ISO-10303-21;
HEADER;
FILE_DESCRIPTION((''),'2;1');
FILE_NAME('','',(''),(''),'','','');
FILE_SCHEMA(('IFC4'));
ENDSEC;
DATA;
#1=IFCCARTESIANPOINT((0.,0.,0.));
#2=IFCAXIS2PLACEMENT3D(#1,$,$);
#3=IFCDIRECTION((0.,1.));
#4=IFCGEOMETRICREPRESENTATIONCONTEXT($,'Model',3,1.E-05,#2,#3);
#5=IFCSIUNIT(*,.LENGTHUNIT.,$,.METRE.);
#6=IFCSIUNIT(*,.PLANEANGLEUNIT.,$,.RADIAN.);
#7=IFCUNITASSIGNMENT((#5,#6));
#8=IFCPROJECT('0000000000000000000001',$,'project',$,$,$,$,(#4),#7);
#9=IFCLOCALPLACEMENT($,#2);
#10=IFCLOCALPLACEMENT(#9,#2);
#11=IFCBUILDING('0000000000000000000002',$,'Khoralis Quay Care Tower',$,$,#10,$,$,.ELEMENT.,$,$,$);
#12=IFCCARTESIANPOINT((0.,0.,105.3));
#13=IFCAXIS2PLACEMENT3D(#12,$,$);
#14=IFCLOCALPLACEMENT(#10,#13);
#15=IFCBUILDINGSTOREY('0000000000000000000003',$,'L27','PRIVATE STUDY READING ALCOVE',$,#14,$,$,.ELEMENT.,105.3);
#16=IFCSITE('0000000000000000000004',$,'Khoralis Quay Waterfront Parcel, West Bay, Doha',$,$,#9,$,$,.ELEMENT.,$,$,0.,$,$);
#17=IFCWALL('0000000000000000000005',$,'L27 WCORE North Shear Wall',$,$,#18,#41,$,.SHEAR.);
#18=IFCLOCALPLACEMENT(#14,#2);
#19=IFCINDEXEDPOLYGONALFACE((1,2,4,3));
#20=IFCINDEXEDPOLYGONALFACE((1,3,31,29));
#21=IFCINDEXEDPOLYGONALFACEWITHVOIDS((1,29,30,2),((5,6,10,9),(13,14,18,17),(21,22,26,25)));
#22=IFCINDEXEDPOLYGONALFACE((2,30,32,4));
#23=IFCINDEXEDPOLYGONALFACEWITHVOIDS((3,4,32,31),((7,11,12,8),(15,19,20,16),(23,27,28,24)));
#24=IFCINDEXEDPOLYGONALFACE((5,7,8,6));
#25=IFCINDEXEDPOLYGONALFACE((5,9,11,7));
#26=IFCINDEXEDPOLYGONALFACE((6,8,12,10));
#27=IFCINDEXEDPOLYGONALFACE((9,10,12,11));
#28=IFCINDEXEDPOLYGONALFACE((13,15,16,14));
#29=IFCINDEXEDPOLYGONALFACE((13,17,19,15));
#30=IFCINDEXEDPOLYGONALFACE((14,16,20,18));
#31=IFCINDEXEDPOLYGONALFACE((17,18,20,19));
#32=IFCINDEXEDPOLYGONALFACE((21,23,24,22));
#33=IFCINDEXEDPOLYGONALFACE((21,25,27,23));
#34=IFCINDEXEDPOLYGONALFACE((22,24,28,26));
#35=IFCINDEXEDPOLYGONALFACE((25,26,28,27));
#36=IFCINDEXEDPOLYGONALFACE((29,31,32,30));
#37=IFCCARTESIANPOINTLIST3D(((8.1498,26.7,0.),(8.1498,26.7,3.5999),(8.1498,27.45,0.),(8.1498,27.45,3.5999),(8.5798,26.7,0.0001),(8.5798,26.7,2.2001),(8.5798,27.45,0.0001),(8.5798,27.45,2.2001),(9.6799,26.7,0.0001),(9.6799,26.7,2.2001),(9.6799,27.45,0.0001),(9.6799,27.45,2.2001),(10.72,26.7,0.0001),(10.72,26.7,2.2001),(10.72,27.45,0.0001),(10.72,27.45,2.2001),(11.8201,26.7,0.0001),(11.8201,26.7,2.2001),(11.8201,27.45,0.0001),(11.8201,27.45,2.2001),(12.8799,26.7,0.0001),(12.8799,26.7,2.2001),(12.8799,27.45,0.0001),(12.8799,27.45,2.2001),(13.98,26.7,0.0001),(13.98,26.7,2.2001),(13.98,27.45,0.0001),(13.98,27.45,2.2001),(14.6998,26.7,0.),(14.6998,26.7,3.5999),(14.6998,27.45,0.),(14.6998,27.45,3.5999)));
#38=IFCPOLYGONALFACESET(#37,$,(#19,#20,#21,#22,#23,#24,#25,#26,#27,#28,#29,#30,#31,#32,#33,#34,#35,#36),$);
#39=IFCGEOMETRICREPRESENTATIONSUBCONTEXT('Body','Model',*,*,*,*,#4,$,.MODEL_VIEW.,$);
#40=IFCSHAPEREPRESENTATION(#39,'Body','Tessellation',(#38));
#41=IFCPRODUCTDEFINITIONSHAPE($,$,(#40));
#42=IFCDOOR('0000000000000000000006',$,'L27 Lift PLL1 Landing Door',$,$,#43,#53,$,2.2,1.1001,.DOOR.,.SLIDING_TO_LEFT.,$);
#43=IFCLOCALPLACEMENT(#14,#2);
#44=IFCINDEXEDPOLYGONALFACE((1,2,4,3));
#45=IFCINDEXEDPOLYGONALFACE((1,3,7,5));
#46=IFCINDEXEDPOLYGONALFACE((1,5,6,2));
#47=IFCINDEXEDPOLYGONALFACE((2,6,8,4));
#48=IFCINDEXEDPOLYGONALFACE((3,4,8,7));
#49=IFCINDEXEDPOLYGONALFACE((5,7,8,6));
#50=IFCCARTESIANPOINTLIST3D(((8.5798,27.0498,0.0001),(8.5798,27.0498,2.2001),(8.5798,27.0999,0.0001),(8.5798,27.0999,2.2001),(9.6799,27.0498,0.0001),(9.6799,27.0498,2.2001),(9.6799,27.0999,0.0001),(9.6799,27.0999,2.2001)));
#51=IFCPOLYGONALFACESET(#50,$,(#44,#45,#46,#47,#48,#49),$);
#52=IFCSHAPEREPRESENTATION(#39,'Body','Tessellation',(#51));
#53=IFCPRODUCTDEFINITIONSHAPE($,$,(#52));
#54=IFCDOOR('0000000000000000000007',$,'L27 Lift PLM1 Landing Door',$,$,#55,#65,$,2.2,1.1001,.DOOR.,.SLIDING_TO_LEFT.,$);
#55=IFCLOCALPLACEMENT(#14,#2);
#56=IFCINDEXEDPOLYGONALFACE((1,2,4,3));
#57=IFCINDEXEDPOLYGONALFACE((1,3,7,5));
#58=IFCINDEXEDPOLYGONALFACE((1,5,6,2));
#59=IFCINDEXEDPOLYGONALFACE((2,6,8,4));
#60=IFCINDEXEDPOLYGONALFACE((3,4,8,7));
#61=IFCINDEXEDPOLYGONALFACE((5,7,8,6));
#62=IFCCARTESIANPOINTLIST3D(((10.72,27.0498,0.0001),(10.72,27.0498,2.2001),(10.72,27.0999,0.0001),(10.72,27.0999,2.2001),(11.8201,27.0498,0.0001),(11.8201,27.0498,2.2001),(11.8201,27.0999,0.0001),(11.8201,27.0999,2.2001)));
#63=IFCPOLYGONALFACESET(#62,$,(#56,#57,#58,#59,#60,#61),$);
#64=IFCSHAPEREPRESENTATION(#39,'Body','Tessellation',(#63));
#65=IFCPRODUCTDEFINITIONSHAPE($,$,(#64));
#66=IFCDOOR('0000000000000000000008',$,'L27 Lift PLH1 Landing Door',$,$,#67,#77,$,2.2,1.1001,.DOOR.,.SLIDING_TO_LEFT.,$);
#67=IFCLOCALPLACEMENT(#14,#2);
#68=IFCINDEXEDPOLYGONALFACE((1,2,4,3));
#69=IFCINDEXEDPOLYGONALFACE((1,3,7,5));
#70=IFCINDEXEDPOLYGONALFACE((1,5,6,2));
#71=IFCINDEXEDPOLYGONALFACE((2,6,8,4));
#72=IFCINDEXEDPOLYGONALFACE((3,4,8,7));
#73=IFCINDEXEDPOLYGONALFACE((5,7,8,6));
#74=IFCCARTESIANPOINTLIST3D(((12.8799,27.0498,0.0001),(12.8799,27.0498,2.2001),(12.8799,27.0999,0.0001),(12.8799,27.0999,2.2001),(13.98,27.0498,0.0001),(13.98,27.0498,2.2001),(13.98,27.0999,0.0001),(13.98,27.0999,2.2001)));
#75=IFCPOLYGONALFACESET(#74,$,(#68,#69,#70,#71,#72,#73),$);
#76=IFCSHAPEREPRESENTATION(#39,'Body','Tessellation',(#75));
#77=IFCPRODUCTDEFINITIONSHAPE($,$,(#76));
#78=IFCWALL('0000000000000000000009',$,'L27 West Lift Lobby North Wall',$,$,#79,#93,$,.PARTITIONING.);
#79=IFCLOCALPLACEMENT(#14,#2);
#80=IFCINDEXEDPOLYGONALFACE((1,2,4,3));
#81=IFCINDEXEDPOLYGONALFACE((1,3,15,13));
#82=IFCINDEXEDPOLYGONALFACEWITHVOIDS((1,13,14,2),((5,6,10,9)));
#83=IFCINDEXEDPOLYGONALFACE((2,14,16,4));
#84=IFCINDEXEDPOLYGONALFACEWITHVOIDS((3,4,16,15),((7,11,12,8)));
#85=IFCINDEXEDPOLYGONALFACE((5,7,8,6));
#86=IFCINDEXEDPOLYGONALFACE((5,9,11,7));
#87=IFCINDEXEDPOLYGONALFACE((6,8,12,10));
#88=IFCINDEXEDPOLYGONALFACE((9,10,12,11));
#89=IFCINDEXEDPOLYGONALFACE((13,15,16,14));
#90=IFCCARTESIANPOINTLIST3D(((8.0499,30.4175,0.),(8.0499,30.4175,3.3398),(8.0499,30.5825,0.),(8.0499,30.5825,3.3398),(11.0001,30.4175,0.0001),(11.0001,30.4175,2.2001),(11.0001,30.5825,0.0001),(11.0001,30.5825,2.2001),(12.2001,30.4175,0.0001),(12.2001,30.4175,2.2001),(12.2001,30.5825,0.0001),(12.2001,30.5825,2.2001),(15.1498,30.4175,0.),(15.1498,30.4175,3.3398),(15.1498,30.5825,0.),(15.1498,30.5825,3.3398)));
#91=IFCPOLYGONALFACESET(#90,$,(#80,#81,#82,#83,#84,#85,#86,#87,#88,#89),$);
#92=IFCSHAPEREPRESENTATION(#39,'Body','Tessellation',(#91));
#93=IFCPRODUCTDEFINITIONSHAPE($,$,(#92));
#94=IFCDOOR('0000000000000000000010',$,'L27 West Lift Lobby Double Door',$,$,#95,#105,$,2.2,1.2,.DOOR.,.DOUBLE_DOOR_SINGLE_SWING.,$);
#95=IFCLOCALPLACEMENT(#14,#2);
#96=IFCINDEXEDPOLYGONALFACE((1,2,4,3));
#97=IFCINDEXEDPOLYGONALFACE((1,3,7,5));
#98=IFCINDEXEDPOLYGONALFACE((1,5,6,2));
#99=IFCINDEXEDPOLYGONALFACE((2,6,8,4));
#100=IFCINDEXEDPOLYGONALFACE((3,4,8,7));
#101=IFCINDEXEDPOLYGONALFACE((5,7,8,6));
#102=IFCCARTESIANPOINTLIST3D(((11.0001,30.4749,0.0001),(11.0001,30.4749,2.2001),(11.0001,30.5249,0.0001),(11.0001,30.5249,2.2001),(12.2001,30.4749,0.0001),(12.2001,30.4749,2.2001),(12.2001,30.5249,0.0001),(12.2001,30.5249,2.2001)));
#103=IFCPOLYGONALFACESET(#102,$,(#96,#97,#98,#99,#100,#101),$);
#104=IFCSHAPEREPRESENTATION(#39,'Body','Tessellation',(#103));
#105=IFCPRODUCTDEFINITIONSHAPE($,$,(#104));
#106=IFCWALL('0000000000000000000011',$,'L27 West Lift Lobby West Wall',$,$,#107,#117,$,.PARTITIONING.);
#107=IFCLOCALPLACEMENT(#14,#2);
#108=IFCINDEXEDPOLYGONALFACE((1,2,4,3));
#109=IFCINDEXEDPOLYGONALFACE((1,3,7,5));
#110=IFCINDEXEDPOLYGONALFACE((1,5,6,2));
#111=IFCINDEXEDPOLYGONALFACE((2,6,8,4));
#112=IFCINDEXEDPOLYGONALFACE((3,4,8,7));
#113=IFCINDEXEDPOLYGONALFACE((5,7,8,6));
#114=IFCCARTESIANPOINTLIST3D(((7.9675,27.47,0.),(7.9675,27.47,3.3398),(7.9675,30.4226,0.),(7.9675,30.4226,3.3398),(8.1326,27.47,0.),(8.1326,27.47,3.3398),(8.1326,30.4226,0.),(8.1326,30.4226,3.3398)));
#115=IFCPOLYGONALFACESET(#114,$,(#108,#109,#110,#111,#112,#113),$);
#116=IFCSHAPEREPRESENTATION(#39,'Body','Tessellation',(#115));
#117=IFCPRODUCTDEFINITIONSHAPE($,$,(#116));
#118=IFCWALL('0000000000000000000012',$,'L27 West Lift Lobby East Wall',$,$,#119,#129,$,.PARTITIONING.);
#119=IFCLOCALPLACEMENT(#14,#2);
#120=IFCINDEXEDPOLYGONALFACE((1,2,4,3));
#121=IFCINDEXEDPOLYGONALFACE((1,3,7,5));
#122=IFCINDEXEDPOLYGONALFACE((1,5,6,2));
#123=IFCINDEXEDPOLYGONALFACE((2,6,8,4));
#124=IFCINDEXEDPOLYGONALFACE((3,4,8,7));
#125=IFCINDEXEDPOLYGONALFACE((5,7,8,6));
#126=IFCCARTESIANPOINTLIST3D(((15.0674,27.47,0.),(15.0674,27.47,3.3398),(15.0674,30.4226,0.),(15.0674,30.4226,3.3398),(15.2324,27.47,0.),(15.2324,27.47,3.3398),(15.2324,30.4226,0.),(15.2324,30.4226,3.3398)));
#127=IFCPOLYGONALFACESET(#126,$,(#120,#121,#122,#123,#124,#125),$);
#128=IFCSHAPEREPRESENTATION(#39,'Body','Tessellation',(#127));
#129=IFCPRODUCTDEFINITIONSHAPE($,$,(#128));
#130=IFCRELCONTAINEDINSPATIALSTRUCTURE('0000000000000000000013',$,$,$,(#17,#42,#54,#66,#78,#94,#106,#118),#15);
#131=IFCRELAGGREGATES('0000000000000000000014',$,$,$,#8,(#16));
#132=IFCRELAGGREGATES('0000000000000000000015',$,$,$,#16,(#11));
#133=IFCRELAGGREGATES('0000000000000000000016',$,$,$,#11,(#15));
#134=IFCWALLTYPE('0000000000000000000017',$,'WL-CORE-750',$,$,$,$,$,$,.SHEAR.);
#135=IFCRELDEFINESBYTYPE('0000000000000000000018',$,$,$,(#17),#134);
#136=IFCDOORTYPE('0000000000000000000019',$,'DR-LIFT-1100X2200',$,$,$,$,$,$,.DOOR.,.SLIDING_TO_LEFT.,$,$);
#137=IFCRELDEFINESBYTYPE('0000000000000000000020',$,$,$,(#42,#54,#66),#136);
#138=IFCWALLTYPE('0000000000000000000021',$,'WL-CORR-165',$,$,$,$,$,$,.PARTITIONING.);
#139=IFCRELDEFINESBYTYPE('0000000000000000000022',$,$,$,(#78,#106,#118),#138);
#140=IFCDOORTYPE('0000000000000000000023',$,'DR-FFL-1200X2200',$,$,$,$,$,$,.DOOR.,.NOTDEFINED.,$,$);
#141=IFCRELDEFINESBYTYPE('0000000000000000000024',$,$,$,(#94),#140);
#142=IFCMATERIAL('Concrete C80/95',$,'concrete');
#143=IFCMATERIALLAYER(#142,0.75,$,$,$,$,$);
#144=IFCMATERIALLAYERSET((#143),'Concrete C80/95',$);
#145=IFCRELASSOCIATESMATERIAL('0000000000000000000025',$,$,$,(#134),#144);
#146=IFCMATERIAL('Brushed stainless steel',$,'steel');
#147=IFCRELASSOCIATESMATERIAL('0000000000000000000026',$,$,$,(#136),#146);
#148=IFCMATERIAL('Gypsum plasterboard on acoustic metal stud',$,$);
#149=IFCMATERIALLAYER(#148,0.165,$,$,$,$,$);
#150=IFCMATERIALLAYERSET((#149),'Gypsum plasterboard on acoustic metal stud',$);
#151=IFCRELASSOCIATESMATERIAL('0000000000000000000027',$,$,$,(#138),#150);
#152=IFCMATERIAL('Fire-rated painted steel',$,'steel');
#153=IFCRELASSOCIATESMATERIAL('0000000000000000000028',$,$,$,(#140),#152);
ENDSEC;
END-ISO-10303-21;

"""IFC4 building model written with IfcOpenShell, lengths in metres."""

from ifc_helpers import new_model, si_unit, direction, frame, frame_2d, origin, place, context, subcontext, project, spatial, rectangle, extrude, source, transform, mapped, material, layer, layer_set, type_object, element, fill, save


model = new_model("IFC4")

# Units and contexts
model_context = context("Model", 3, precision=1e-05, world=origin(), true_north=direction((0.0, 1.0)))
body_context = subcontext(model_context, "Body", "Model", "MODEL_VIEW")
ifc_project = project(units=[si_unit("LENGTHUNIT", "METRE"), si_unit("PLANEANGLEUNIT", "RADIAN")], contexts=[model_context])

# Site, building, storey
site_placement = place(None, origin())
site = spatial("IfcSite", under=ifc_project, at=site_placement, Name="Khoralis Quay Waterfront Parcel, West Bay, Doha", CompositionType="ELEMENT", RefElevation=0.0)
building_placement = place(site_placement, origin())
building = spatial("IfcBuilding", under=site, at=building_placement, Name="Khoralis Quay Care Tower", CompositionType="ELEMENT")
storey_placement = place(building_placement, frame((0.0, 0.0, 105.3)))
storey = spatial("IfcBuildingStorey", under=building, at=storey_placement, Name="L27", Description="PRIVATE STUDY READING ALCOVE", CompositionType="ELEMENT", Elevation=105.3)

# Wall, openings, doors
ifc_material_1 = material(Name="Concrete C80/95", Category="concrete")
ifc_layer_1 = layer(ifc_material_1, 0.75)
ifc_layer_set_1 = layer_set([ifc_layer_1], Name="Concrete C80/95")
wall_type_1 = type_object("IfcWallType", Name="WL-CORE-750", PredefinedType="SHEAR", material=ifc_layer_set_1)
wall_1_placement = place(storey_placement, frame((8.1499, 27.075, 0.0), z_axis=(0.0, 0.0, 1.0), x_axis=(1.0, 0.0, 0.0)))
wall_1 = element("IfcWall", 1, at=wall_1_placement, inside=storey, type_object=wall_type_1, Name="L27 WCORE North Shear Wall", PredefinedType="SHEAR", context=body_context, shape_type="SweptSolid", body=[
    extrude(rectangle(XDim=6.55, YDim=0.75, at=frame_2d((3.2749, 0.0))), origin(), (0.0, 0.0, 1.0), 3.5999),
])
opening_1_placement = place(wall_1_placement, frame((0.4299, 0.0, 0.0)))
opening_1 = element("IfcOpeningElement", 2, at=opening_1_placement, cuts=wall_1, PredefinedType="OPENING", context=body_context, shape_type="SweptSolid", body=[
    extrude(rectangle(XDim=1.1001, YDim=2.2, at=frame_2d((0.55, 1.1001))), frame((0.0, 0.385, 0.0), z_axis=(0.0, -1.0, 0.0), x_axis=(1.0, 0.0, 0.0)), (0.0, 0.0, 1.0), 0.77),
])
opening_2_placement = place(wall_1_placement, frame((2.5701, 0.0, 0.0)))
opening_2 = element("IfcOpeningElement", 3, at=opening_2_placement, cuts=wall_1, PredefinedType="OPENING", context=body_context, shape_type="SweptSolid", body=[
    extrude(rectangle(XDim=1.1001, YDim=2.2, at=frame_2d((0.55, 1.1001))), frame((0.0, 0.385, 0.0), z_axis=(0.0, -1.0, 0.0), x_axis=(1.0, 0.0, 0.0)), (0.0, 0.0, 1.0), 0.77),
])
opening_3_placement = place(wall_1_placement, frame((4.73, 0.0, 0.0)))
opening_3 = element("IfcOpeningElement", 4, at=opening_3_placement, cuts=wall_1, PredefinedType="OPENING", context=body_context, shape_type="SweptSolid", body=[
    extrude(rectangle(XDim=1.1001, YDim=2.2, at=frame_2d((0.55, 1.1001))), frame((0.0, 0.385, 0.0), z_axis=(0.0, -1.0, 0.0), x_axis=(1.0, 0.0, 0.0)), (0.0, 0.0, 1.0), 0.77),
])
ifc_material_2 = material(Name="Brushed stainless steel", Category="steel")
door_type_1 = type_object("IfcDoorType", Name="DR-LIFT-1100X2200", OperationType="SLIDING_TO_LEFT", PredefinedType="DOOR", material=ifc_material_2)
shared_shape_1 = source(origin(), body_context, "Body", "SweptSolid", [
    extrude(rectangle(XDim=1.1001, YDim=2.2, at=frame_2d((0.55, 1.1001))), frame((0.0, 0.0249, 0.0), z_axis=(0.0, -1.0, 0.0), x_axis=(1.0, 0.0, 0.0)), (0.0, 0.0, 1.0), 0.05),
])
door_1_placement = place(opening_1_placement, origin())
door_1 = element("IfcDoor", 5, at=door_1_placement, inside=storey, type_object=door_type_1, Name="L27 Lift PLL1 Landing Door", OperationType="SLIDING_TO_LEFT", OverallHeight=2.2, OverallWidth=1.1001, PredefinedType="DOOR", context=body_context, shape_type="MappedRepresentation", body=[
    mapped(shared_shape_1, transform((0.0, 0.0, 0.0), scale=1.0)),
])
fill(opening_1, door_1)
door_2_placement = place(opening_2_placement, origin())
door_2 = element("IfcDoor", 6, at=door_2_placement, inside=storey, type_object=door_type_1, Name="L27 Lift PLM1 Landing Door", OperationType="SLIDING_TO_LEFT", OverallHeight=2.2, OverallWidth=1.1001, PredefinedType="DOOR", context=body_context, shape_type="MappedRepresentation", body=[
    mapped(shared_shape_1, transform((0.0, 0.0, 0.0), scale=1.0)),
])
fill(opening_2, door_2)
door_3_placement = place(opening_3_placement, origin())
door_3 = element("IfcDoor", 7, at=door_3_placement, inside=storey, type_object=door_type_1, Name="L27 Lift PLH1 Landing Door", OperationType="SLIDING_TO_LEFT", OverallHeight=2.2, OverallWidth=1.1001, PredefinedType="DOOR", context=body_context, shape_type="MappedRepresentation", body=[
    mapped(shared_shape_1, transform((0.0, 0.0, 0.0), scale=1.0)),
])
fill(opening_3, door_3)

# Wall, opening, door
ifc_material_3 = material(Name="Gypsum plasterboard on acoustic metal stud")
ifc_layer_2 = layer(ifc_material_3, 0.165)
ifc_layer_set_2 = layer_set([ifc_layer_2], Name="Gypsum plasterboard on acoustic metal stud")
wall_type_2 = type_object("IfcWallType", Name="WL-CORR-165", PredefinedType="PARTITIONING", material=ifc_layer_set_2)
wall_2_placement = place(storey_placement, frame((8.05, 30.5, 0.0), z_axis=(0.0, 0.0, 1.0), x_axis=(1.0, 0.0, 0.0)))
wall_2 = element("IfcWall", 8, at=wall_2_placement, inside=storey, type_object=wall_type_2, Name="L27 West Lift Lobby North Wall", PredefinedType="PARTITIONING", context=body_context, shape_type="SweptSolid", body=[
    extrude(rectangle(XDim=7.0999, YDim=0.165, at=frame_2d((3.5498, 0.0))), origin(), (0.0, 0.0, 1.0), 3.3398),
])
opening_4_placement = place(wall_2_placement, frame((2.95, 0.0, 0.0)))
opening_4 = element("IfcOpeningElement", 9, at=opening_4_placement, cuts=wall_2, PredefinedType="OPENING", context=body_context, shape_type="SweptSolid", body=[
    extrude(rectangle(XDim=1.2, YDim=2.2, at=frame_2d((0.6001, 1.1001))), frame((0.0, 0.0925, 0.0), z_axis=(0.0, -1.0, 0.0), x_axis=(1.0, 0.0, 0.0)), (0.0, 0.0, 1.0), 0.1851),
])
ifc_material_4 = material(Name="Fire-rated painted steel", Category="steel")
door_type_2 = type_object("IfcDoorType", Name="DR-FFL-1200X2200", OperationType="NOTDEFINED", PredefinedType="DOOR", material=ifc_material_4)
shared_shape_2 = source(origin(), body_context, "Body", "SweptSolid", [
    extrude(rectangle(XDim=1.2, YDim=2.2, at=frame_2d((0.6001, 1.1001))), frame((0.0, 0.0249, 0.0), z_axis=(0.0, -1.0, 0.0), x_axis=(1.0, 0.0, 0.0)), (0.0, 0.0, 1.0), 0.05),
])
door_4_placement = place(opening_4_placement, origin())
door_4 = element("IfcDoor", 10, at=door_4_placement, inside=storey, type_object=door_type_2, Name="L27 West Lift Lobby Double Door", OperationType="DOUBLE_DOOR_SINGLE_SWING", OverallHeight=2.2, OverallWidth=1.2, PredefinedType="DOOR", context=body_context, shape_type="MappedRepresentation", body=[
    mapped(shared_shape_2, transform((0.0, 0.0, 0.0), scale=1.0)),
])
fill(opening_4, door_4)

# Walls
for number, where, z_axis, x_axis, name in (
    (11, (8.05, 27.47, 0.0), (0.0, 0.0, 1.0), (0.0, 1.0, 0.0), "L27 West Lift Lobby West Wall"),
    (12, (15.1499, 27.47, 0.0), (0.0, 0.0, 1.0), (0.0, 1.0, 0.0), "L27 West Lift Lobby East Wall"),
):
    element("IfcWall", number, at=place(storey_placement, frame(where, z_axis=z_axis, x_axis=x_axis)), inside=storey, type_object=wall_type_2, Name=name, PredefinedType="PARTITIONING", context=body_context, shape_type="SweptSolid", body=[
        extrude(rectangle(XDim=2.9526, YDim=0.165, at=frame_2d((1.4763, 0.0))), origin(), (0.0, 0.0, 1.0), 3.3398),
    ])

save(model, "model.ifc")
